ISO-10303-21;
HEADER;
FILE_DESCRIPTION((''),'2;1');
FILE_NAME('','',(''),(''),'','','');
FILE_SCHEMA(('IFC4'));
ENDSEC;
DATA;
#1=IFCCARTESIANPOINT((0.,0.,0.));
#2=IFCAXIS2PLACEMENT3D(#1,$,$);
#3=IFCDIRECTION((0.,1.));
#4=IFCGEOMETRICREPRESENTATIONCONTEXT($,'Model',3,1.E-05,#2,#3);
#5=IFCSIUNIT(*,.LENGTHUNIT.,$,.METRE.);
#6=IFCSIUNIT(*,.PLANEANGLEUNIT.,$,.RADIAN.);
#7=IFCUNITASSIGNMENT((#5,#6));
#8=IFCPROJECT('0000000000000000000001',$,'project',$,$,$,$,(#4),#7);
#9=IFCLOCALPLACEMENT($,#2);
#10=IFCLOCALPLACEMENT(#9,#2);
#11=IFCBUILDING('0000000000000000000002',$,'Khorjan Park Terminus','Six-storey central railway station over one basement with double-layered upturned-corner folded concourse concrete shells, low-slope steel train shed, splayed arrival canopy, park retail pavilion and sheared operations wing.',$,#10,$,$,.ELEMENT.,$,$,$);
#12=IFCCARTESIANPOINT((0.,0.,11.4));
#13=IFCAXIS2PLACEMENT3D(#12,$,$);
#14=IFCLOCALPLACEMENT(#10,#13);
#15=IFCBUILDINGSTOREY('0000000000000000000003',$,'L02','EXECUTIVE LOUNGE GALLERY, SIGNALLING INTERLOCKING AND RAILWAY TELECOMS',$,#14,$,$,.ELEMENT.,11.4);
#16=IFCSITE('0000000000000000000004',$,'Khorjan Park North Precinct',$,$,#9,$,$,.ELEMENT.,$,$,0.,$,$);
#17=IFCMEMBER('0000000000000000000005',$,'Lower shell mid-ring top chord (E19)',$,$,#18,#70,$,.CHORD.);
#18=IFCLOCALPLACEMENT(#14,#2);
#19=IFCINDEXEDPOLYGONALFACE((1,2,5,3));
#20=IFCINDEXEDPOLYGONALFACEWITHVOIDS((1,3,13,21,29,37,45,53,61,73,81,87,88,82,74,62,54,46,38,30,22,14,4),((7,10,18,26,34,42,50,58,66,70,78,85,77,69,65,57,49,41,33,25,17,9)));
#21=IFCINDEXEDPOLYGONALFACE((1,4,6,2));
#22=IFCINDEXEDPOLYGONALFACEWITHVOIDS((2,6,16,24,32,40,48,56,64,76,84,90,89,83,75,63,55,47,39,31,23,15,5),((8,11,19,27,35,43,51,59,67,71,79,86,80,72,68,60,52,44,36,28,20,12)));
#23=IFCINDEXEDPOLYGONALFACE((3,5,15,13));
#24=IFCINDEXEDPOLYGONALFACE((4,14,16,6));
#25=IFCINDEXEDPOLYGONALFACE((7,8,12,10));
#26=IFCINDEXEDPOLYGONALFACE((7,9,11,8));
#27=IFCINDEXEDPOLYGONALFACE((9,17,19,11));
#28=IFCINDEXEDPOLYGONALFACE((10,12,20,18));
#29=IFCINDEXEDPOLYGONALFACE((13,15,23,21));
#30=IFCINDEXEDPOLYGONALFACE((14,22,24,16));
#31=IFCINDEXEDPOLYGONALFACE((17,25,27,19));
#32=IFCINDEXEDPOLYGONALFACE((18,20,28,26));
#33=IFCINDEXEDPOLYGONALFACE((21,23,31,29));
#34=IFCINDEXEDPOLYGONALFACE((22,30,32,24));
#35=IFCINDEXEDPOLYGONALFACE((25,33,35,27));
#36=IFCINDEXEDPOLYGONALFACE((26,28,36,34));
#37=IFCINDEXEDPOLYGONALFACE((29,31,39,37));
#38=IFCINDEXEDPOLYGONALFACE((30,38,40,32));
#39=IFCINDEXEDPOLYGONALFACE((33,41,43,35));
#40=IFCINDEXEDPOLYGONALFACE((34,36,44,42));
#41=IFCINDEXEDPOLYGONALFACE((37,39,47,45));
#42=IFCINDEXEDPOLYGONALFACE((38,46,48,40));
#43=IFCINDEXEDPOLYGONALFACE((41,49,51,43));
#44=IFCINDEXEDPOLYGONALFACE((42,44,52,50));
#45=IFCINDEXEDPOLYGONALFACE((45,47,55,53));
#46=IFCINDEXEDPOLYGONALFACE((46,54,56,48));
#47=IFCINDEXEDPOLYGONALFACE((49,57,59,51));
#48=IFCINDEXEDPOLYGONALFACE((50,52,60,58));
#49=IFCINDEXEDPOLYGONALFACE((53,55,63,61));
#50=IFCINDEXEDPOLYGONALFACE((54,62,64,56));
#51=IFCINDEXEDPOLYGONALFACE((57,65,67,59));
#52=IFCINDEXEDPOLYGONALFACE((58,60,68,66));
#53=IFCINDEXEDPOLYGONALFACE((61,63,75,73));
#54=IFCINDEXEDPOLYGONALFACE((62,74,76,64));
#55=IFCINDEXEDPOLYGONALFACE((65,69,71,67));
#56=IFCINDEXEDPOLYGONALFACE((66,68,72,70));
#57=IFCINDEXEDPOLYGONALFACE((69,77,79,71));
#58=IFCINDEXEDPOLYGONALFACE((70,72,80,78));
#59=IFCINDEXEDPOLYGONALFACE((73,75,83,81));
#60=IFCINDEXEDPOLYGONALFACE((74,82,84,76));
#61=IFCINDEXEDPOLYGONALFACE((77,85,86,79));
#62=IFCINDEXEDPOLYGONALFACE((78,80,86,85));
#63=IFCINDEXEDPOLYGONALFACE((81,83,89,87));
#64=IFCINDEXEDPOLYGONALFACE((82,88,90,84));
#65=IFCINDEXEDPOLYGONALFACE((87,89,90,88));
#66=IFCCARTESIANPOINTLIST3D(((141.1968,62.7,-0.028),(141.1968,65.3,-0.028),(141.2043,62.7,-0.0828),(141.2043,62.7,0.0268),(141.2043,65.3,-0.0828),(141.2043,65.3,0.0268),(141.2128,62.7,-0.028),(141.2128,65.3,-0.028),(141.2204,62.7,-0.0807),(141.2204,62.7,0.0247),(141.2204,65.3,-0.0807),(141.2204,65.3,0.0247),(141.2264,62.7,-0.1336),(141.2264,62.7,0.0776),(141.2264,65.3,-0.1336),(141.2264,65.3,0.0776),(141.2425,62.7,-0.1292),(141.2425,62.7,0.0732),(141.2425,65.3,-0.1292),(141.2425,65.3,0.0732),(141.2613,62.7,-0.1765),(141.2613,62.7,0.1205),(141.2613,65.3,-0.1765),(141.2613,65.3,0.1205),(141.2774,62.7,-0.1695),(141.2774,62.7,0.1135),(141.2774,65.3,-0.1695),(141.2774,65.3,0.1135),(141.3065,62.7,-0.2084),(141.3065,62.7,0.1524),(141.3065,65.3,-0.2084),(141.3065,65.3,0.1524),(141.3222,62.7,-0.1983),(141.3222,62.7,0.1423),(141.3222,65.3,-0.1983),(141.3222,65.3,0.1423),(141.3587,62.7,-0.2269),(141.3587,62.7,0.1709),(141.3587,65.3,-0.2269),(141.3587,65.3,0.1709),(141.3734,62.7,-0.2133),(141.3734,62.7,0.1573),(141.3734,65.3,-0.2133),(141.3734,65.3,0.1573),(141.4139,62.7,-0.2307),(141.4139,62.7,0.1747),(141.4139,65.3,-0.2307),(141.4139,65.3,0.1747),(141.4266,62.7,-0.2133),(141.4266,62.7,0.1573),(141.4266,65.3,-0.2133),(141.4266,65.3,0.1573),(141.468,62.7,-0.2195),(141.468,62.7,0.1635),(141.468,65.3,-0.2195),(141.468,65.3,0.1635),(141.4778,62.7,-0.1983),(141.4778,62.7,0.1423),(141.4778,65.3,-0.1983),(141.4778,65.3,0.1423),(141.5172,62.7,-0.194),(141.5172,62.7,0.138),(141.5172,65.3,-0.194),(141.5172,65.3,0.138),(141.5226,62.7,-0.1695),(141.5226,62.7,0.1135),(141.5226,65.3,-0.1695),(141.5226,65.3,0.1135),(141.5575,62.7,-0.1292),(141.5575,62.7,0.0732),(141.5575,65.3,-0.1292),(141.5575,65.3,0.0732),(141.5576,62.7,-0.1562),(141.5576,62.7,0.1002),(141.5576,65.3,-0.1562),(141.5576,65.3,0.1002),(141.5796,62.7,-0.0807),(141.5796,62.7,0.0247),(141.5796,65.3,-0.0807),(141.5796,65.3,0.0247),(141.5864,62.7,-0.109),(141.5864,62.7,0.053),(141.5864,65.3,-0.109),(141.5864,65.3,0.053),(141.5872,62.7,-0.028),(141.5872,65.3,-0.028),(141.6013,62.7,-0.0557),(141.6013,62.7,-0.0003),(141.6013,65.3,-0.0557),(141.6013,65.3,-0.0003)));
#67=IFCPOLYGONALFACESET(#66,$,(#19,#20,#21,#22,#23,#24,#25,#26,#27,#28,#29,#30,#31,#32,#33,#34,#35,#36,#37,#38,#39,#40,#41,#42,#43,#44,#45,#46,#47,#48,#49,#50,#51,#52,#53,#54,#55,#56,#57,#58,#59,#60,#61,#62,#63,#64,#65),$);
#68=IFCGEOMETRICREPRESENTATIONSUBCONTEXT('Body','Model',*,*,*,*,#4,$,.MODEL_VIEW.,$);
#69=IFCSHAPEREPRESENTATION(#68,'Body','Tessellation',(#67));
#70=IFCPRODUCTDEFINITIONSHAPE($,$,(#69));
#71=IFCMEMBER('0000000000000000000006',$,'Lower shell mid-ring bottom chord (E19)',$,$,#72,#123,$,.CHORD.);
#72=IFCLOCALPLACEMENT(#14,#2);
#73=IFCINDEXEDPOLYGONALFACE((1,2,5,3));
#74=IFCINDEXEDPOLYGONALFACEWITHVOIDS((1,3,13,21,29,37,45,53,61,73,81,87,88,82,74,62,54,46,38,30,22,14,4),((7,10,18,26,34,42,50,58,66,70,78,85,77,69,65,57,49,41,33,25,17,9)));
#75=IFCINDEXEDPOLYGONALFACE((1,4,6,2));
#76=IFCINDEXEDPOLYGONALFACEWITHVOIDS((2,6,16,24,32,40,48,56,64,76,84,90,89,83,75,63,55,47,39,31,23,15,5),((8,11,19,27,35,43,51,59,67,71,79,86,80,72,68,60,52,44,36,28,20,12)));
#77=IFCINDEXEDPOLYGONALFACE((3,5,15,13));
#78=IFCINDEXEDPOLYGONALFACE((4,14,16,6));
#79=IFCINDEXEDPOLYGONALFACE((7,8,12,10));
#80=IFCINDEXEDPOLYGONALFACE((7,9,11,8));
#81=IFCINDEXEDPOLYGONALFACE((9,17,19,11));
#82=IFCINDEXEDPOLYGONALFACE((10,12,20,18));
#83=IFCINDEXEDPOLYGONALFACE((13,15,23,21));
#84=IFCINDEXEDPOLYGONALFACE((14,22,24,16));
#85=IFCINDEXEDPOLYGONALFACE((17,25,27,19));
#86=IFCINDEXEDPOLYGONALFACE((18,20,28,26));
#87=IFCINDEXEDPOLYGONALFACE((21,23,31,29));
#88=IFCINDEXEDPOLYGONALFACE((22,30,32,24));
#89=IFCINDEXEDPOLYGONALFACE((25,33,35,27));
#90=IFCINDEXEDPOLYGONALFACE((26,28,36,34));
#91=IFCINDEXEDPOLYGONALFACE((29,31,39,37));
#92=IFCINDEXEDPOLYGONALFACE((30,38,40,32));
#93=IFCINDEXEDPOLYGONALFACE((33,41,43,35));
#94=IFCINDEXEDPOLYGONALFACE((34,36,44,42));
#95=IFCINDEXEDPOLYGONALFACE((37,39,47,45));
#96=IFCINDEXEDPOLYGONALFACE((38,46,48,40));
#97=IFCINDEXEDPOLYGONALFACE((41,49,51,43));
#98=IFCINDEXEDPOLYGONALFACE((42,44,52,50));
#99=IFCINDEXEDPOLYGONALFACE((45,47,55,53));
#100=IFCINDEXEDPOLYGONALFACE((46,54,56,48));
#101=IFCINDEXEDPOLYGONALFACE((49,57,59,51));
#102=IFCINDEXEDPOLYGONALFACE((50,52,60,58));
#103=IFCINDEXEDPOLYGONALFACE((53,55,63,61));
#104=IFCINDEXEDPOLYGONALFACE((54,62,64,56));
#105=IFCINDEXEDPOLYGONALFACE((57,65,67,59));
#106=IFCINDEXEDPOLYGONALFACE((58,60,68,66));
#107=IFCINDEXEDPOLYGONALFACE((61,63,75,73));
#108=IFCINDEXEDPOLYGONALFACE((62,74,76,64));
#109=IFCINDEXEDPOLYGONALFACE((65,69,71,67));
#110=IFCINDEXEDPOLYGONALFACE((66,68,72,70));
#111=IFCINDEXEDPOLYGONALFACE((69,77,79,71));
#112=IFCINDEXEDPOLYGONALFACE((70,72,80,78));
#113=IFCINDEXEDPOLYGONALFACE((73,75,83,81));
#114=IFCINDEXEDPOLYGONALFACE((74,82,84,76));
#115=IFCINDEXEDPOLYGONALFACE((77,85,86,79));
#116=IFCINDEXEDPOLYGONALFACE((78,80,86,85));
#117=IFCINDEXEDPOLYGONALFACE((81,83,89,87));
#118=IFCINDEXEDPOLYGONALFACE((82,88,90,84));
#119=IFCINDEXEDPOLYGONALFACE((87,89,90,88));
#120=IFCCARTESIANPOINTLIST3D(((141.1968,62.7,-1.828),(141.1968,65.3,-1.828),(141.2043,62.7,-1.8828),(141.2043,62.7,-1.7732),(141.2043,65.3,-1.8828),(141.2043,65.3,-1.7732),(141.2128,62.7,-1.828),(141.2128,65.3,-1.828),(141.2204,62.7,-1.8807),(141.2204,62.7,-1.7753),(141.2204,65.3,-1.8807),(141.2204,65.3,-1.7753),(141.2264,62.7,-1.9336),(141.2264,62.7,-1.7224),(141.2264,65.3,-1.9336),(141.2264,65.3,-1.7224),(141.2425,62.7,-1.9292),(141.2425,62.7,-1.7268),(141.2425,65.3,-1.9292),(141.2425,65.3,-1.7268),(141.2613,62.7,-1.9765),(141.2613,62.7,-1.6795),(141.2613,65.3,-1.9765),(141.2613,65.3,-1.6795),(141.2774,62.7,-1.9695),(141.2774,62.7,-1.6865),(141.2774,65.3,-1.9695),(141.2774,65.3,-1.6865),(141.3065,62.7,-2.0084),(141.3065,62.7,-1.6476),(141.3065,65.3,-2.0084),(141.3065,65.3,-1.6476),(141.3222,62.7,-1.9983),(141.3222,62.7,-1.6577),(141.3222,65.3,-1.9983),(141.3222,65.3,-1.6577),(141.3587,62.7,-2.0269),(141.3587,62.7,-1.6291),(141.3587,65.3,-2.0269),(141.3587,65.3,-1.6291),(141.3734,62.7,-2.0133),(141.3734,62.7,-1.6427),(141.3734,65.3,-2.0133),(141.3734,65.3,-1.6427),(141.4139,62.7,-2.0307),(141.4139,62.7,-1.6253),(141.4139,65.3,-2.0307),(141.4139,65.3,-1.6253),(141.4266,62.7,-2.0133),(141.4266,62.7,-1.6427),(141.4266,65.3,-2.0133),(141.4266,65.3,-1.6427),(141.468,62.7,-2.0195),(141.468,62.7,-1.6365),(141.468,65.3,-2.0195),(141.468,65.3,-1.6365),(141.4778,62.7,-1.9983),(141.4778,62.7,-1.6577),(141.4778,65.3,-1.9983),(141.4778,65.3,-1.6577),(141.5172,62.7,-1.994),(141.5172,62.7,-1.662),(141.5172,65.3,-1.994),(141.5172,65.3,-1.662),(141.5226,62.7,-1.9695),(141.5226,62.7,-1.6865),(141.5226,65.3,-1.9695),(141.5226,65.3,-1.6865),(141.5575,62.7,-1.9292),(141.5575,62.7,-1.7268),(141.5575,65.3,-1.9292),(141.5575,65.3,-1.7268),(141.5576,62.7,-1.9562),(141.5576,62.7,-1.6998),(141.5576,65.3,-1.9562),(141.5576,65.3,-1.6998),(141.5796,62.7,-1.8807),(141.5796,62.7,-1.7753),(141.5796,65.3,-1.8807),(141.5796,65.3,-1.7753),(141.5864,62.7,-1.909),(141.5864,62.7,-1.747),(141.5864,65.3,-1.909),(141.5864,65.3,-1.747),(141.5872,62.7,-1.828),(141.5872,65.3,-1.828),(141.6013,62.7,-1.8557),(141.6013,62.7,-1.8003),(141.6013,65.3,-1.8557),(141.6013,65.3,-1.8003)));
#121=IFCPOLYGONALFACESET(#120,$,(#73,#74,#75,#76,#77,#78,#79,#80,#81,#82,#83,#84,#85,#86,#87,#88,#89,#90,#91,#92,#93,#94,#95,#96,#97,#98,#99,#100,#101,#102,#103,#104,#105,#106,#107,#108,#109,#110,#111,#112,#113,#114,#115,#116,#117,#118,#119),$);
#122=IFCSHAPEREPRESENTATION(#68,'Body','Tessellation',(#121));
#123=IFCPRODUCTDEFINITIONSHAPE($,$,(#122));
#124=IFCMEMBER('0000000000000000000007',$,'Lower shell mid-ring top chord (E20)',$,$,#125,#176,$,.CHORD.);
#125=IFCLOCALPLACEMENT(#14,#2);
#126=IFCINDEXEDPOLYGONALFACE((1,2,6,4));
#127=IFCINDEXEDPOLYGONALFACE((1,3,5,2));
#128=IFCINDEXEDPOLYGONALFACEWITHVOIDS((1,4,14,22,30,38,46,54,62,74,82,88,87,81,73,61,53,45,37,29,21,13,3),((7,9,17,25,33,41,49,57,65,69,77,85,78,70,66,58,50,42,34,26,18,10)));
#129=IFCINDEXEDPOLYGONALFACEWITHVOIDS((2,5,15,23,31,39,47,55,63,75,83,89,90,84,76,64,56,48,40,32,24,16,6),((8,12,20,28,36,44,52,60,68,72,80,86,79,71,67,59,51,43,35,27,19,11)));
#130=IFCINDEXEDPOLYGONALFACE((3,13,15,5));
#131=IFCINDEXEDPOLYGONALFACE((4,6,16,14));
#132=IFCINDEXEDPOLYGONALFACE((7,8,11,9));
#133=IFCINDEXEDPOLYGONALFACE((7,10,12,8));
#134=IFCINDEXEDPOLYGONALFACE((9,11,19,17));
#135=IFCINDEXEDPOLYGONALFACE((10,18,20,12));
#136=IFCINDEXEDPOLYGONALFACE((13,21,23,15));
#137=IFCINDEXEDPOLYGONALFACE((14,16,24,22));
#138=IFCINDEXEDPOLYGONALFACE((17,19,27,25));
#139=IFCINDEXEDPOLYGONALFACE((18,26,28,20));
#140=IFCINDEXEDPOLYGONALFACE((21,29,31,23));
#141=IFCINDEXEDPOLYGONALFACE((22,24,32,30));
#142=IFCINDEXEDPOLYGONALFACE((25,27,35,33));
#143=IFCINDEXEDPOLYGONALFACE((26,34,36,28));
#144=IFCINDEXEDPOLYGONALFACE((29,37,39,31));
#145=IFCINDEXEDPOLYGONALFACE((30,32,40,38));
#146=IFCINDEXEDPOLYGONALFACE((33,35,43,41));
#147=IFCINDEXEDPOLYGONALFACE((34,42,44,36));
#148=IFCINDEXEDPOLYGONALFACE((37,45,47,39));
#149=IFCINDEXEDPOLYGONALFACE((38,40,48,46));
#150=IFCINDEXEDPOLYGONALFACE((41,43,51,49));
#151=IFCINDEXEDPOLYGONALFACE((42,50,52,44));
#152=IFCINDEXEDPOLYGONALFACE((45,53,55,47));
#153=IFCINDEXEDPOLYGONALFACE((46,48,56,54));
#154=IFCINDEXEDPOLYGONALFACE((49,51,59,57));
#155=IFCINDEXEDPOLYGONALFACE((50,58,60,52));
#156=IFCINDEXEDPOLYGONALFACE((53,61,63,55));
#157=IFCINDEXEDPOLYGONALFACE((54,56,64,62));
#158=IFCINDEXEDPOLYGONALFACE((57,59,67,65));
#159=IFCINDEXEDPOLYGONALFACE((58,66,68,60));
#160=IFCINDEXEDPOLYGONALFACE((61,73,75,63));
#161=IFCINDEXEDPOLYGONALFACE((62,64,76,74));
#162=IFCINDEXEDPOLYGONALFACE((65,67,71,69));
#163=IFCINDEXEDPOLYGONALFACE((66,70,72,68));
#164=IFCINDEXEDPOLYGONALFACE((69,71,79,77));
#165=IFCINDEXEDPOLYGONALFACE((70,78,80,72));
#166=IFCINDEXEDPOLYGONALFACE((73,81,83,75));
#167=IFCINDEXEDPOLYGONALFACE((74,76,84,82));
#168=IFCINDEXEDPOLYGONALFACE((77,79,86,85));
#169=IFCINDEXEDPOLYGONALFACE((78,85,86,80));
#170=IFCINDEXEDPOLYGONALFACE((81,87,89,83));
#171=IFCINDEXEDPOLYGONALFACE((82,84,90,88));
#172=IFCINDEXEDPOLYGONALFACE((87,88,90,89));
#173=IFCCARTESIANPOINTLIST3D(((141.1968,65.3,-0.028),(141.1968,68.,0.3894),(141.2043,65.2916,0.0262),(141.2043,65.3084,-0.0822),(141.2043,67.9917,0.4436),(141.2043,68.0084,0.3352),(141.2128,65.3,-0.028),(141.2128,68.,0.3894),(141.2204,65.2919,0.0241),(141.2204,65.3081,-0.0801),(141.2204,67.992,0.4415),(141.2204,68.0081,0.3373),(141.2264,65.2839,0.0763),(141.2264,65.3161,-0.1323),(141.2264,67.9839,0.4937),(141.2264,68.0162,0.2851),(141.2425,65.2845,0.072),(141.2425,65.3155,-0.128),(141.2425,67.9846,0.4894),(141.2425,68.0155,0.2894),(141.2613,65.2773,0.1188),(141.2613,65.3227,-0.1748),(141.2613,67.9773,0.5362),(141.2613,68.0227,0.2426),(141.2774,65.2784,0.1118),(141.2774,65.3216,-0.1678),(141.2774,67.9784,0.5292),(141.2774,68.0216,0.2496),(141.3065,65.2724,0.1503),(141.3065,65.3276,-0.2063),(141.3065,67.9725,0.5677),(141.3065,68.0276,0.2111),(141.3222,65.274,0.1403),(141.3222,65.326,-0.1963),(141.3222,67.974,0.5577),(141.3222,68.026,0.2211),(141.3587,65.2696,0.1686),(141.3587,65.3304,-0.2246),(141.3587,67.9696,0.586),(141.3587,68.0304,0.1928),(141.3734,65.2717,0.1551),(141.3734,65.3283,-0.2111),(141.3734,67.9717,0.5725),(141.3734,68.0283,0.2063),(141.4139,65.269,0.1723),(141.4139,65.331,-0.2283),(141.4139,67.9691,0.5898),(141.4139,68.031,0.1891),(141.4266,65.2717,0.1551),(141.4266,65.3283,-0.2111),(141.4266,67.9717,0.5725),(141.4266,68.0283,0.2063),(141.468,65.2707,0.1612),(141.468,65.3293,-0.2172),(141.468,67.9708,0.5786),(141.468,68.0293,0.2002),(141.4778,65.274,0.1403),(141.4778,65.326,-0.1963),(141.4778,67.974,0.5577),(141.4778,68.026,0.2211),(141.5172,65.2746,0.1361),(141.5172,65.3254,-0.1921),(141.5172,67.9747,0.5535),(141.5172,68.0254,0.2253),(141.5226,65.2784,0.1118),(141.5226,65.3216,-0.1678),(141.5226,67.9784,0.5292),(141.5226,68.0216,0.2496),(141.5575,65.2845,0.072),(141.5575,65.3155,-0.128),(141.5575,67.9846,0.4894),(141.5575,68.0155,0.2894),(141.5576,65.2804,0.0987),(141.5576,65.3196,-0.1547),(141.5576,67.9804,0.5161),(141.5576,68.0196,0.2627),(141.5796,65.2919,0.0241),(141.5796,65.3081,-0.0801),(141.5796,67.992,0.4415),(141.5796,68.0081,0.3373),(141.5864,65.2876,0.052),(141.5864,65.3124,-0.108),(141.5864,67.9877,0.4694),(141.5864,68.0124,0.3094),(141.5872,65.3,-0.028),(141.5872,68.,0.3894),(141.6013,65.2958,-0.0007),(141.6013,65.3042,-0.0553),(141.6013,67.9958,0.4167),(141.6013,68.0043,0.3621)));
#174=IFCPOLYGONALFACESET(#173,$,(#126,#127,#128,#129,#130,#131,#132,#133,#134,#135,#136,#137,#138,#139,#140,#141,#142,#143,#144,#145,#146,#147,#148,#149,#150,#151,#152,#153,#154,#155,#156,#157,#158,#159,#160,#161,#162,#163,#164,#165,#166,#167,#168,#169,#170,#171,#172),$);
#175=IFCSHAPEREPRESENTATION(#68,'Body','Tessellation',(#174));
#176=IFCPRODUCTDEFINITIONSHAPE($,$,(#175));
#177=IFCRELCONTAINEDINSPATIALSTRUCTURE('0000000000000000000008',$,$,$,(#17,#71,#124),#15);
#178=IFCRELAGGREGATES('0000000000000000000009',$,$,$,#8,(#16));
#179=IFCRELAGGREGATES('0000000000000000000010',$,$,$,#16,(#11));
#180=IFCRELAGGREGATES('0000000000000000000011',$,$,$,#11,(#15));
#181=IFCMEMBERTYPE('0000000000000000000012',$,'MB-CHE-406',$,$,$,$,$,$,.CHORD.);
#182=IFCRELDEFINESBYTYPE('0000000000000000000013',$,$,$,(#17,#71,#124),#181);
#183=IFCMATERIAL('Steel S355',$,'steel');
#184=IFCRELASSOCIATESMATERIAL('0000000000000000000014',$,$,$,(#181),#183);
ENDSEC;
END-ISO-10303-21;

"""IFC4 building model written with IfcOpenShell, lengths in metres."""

from ifc_helpers import new_model, si_unit, direction, frame, origin, origin_2d, place, context, subcontext, project, spatial, hollow_circle, extrude, material, material_profile, profile_set, type_object, element, save


model = new_model("IFC4")

# Units and contexts
model_context = context("Model", 3, precision=1e-05, world=origin(), true_north=direction((0.0, 1.0)))
body_context = subcontext(model_context, "Body", "Model", "MODEL_VIEW")
ifc_project = project(units=[si_unit("LENGTHUNIT", "METRE"), si_unit("PLANEANGLEUNIT", "RADIAN")], contexts=[model_context])

# Site, building, storey
site_placement = place(None, origin())
site = spatial("IfcSite", under=ifc_project, at=site_placement, Name="Khorjan Park North Precinct", CompositionType="ELEMENT", RefElevation=0.0)
building_placement = place(site_placement, origin())
building = spatial("IfcBuilding", under=site, at=building_placement, Name="Khorjan Park Terminus", Description="Six-storey central railway station over one basement with double-layered upturned-corner folded concourse concrete shells, low-slope steel train shed, splayed arrival canopy, park retail pavilion and sheared operations wing.", CompositionType="ELEMENT")
storey_placement = place(building_placement, frame((0.0, 0.0, 11.4)))
storey = spatial("IfcBuildingStorey", under=building, at=storey_placement, Name="L02", Description="EXECUTIVE LOUNGE GALLERY, SIGNALLING INTERLOCKING AND RAILWAY TELECOMS", CompositionType="ELEMENT", Elevation=11.4)

# Members
ifc_material_1 = material(Name="Steel S355", Category="steel")
ifc_material_profile_1 = material_profile(ifc_material_1, hollow_circle(Radius=0.2032, WallThickness=0.016, at=origin_2d()), Name="CHS 406.4x16")
ifc_profile_set_1 = profile_set([ifc_material_profile_1], Name="Steel S355")
member_type_1 = type_object("IfcMemberType", Name="MB-CHE-406", PredefinedType="CHORD", material=ifc_profile_set_1)
for number, where, z_axis, x_axis, name in (
    (1, (141.4, 62.7, -0.028), (0.0, 1.0, 0.0), (-1.0, 0.0, 0.0), "Lower shell mid-ring top chord (E19)"),
    (2, (141.4, 62.7, -1.828), (0.0, 1.0, 0.0), (-1.0, 0.0, 0.0), "Lower shell mid-ring bottom chord (E19)"),
):
    element("IfcMember", number, at=place(storey_placement, frame(where, z_axis=z_axis, x_axis=x_axis)), inside=storey, type_object=member_type_1, Name=name, PredefinedType="CHORD", context=body_context, shape_type="SweptSolid", body=[
        extrude(hollow_circle(Radius=0.2032, WallThickness=0.016, at=origin_2d()), origin(), (0.0, 0.0, 1.0), 2.6),
    ])
for number, where, z_axis, x_axis, name in (
    (3, (141.4, 65.3, -0.028), (0.0, 0.988261, 0.152778), (-1.0, 0.0, 0.0), "Lower shell mid-ring top chord (E20)"),
):
    element("IfcMember", number, at=place(storey_placement, frame(where, z_axis=z_axis, x_axis=x_axis)), inside=storey, type_object=member_type_1, Name=name, PredefinedType="CHORD", context=body_context, shape_type="SweptSolid", body=[
        extrude(hollow_circle(Radius=0.2032, WallThickness=0.016, at=origin_2d()), origin(), (0.0, 0.0, 1.0), 2.7321),
    ])

save(model, "model.ifc")
